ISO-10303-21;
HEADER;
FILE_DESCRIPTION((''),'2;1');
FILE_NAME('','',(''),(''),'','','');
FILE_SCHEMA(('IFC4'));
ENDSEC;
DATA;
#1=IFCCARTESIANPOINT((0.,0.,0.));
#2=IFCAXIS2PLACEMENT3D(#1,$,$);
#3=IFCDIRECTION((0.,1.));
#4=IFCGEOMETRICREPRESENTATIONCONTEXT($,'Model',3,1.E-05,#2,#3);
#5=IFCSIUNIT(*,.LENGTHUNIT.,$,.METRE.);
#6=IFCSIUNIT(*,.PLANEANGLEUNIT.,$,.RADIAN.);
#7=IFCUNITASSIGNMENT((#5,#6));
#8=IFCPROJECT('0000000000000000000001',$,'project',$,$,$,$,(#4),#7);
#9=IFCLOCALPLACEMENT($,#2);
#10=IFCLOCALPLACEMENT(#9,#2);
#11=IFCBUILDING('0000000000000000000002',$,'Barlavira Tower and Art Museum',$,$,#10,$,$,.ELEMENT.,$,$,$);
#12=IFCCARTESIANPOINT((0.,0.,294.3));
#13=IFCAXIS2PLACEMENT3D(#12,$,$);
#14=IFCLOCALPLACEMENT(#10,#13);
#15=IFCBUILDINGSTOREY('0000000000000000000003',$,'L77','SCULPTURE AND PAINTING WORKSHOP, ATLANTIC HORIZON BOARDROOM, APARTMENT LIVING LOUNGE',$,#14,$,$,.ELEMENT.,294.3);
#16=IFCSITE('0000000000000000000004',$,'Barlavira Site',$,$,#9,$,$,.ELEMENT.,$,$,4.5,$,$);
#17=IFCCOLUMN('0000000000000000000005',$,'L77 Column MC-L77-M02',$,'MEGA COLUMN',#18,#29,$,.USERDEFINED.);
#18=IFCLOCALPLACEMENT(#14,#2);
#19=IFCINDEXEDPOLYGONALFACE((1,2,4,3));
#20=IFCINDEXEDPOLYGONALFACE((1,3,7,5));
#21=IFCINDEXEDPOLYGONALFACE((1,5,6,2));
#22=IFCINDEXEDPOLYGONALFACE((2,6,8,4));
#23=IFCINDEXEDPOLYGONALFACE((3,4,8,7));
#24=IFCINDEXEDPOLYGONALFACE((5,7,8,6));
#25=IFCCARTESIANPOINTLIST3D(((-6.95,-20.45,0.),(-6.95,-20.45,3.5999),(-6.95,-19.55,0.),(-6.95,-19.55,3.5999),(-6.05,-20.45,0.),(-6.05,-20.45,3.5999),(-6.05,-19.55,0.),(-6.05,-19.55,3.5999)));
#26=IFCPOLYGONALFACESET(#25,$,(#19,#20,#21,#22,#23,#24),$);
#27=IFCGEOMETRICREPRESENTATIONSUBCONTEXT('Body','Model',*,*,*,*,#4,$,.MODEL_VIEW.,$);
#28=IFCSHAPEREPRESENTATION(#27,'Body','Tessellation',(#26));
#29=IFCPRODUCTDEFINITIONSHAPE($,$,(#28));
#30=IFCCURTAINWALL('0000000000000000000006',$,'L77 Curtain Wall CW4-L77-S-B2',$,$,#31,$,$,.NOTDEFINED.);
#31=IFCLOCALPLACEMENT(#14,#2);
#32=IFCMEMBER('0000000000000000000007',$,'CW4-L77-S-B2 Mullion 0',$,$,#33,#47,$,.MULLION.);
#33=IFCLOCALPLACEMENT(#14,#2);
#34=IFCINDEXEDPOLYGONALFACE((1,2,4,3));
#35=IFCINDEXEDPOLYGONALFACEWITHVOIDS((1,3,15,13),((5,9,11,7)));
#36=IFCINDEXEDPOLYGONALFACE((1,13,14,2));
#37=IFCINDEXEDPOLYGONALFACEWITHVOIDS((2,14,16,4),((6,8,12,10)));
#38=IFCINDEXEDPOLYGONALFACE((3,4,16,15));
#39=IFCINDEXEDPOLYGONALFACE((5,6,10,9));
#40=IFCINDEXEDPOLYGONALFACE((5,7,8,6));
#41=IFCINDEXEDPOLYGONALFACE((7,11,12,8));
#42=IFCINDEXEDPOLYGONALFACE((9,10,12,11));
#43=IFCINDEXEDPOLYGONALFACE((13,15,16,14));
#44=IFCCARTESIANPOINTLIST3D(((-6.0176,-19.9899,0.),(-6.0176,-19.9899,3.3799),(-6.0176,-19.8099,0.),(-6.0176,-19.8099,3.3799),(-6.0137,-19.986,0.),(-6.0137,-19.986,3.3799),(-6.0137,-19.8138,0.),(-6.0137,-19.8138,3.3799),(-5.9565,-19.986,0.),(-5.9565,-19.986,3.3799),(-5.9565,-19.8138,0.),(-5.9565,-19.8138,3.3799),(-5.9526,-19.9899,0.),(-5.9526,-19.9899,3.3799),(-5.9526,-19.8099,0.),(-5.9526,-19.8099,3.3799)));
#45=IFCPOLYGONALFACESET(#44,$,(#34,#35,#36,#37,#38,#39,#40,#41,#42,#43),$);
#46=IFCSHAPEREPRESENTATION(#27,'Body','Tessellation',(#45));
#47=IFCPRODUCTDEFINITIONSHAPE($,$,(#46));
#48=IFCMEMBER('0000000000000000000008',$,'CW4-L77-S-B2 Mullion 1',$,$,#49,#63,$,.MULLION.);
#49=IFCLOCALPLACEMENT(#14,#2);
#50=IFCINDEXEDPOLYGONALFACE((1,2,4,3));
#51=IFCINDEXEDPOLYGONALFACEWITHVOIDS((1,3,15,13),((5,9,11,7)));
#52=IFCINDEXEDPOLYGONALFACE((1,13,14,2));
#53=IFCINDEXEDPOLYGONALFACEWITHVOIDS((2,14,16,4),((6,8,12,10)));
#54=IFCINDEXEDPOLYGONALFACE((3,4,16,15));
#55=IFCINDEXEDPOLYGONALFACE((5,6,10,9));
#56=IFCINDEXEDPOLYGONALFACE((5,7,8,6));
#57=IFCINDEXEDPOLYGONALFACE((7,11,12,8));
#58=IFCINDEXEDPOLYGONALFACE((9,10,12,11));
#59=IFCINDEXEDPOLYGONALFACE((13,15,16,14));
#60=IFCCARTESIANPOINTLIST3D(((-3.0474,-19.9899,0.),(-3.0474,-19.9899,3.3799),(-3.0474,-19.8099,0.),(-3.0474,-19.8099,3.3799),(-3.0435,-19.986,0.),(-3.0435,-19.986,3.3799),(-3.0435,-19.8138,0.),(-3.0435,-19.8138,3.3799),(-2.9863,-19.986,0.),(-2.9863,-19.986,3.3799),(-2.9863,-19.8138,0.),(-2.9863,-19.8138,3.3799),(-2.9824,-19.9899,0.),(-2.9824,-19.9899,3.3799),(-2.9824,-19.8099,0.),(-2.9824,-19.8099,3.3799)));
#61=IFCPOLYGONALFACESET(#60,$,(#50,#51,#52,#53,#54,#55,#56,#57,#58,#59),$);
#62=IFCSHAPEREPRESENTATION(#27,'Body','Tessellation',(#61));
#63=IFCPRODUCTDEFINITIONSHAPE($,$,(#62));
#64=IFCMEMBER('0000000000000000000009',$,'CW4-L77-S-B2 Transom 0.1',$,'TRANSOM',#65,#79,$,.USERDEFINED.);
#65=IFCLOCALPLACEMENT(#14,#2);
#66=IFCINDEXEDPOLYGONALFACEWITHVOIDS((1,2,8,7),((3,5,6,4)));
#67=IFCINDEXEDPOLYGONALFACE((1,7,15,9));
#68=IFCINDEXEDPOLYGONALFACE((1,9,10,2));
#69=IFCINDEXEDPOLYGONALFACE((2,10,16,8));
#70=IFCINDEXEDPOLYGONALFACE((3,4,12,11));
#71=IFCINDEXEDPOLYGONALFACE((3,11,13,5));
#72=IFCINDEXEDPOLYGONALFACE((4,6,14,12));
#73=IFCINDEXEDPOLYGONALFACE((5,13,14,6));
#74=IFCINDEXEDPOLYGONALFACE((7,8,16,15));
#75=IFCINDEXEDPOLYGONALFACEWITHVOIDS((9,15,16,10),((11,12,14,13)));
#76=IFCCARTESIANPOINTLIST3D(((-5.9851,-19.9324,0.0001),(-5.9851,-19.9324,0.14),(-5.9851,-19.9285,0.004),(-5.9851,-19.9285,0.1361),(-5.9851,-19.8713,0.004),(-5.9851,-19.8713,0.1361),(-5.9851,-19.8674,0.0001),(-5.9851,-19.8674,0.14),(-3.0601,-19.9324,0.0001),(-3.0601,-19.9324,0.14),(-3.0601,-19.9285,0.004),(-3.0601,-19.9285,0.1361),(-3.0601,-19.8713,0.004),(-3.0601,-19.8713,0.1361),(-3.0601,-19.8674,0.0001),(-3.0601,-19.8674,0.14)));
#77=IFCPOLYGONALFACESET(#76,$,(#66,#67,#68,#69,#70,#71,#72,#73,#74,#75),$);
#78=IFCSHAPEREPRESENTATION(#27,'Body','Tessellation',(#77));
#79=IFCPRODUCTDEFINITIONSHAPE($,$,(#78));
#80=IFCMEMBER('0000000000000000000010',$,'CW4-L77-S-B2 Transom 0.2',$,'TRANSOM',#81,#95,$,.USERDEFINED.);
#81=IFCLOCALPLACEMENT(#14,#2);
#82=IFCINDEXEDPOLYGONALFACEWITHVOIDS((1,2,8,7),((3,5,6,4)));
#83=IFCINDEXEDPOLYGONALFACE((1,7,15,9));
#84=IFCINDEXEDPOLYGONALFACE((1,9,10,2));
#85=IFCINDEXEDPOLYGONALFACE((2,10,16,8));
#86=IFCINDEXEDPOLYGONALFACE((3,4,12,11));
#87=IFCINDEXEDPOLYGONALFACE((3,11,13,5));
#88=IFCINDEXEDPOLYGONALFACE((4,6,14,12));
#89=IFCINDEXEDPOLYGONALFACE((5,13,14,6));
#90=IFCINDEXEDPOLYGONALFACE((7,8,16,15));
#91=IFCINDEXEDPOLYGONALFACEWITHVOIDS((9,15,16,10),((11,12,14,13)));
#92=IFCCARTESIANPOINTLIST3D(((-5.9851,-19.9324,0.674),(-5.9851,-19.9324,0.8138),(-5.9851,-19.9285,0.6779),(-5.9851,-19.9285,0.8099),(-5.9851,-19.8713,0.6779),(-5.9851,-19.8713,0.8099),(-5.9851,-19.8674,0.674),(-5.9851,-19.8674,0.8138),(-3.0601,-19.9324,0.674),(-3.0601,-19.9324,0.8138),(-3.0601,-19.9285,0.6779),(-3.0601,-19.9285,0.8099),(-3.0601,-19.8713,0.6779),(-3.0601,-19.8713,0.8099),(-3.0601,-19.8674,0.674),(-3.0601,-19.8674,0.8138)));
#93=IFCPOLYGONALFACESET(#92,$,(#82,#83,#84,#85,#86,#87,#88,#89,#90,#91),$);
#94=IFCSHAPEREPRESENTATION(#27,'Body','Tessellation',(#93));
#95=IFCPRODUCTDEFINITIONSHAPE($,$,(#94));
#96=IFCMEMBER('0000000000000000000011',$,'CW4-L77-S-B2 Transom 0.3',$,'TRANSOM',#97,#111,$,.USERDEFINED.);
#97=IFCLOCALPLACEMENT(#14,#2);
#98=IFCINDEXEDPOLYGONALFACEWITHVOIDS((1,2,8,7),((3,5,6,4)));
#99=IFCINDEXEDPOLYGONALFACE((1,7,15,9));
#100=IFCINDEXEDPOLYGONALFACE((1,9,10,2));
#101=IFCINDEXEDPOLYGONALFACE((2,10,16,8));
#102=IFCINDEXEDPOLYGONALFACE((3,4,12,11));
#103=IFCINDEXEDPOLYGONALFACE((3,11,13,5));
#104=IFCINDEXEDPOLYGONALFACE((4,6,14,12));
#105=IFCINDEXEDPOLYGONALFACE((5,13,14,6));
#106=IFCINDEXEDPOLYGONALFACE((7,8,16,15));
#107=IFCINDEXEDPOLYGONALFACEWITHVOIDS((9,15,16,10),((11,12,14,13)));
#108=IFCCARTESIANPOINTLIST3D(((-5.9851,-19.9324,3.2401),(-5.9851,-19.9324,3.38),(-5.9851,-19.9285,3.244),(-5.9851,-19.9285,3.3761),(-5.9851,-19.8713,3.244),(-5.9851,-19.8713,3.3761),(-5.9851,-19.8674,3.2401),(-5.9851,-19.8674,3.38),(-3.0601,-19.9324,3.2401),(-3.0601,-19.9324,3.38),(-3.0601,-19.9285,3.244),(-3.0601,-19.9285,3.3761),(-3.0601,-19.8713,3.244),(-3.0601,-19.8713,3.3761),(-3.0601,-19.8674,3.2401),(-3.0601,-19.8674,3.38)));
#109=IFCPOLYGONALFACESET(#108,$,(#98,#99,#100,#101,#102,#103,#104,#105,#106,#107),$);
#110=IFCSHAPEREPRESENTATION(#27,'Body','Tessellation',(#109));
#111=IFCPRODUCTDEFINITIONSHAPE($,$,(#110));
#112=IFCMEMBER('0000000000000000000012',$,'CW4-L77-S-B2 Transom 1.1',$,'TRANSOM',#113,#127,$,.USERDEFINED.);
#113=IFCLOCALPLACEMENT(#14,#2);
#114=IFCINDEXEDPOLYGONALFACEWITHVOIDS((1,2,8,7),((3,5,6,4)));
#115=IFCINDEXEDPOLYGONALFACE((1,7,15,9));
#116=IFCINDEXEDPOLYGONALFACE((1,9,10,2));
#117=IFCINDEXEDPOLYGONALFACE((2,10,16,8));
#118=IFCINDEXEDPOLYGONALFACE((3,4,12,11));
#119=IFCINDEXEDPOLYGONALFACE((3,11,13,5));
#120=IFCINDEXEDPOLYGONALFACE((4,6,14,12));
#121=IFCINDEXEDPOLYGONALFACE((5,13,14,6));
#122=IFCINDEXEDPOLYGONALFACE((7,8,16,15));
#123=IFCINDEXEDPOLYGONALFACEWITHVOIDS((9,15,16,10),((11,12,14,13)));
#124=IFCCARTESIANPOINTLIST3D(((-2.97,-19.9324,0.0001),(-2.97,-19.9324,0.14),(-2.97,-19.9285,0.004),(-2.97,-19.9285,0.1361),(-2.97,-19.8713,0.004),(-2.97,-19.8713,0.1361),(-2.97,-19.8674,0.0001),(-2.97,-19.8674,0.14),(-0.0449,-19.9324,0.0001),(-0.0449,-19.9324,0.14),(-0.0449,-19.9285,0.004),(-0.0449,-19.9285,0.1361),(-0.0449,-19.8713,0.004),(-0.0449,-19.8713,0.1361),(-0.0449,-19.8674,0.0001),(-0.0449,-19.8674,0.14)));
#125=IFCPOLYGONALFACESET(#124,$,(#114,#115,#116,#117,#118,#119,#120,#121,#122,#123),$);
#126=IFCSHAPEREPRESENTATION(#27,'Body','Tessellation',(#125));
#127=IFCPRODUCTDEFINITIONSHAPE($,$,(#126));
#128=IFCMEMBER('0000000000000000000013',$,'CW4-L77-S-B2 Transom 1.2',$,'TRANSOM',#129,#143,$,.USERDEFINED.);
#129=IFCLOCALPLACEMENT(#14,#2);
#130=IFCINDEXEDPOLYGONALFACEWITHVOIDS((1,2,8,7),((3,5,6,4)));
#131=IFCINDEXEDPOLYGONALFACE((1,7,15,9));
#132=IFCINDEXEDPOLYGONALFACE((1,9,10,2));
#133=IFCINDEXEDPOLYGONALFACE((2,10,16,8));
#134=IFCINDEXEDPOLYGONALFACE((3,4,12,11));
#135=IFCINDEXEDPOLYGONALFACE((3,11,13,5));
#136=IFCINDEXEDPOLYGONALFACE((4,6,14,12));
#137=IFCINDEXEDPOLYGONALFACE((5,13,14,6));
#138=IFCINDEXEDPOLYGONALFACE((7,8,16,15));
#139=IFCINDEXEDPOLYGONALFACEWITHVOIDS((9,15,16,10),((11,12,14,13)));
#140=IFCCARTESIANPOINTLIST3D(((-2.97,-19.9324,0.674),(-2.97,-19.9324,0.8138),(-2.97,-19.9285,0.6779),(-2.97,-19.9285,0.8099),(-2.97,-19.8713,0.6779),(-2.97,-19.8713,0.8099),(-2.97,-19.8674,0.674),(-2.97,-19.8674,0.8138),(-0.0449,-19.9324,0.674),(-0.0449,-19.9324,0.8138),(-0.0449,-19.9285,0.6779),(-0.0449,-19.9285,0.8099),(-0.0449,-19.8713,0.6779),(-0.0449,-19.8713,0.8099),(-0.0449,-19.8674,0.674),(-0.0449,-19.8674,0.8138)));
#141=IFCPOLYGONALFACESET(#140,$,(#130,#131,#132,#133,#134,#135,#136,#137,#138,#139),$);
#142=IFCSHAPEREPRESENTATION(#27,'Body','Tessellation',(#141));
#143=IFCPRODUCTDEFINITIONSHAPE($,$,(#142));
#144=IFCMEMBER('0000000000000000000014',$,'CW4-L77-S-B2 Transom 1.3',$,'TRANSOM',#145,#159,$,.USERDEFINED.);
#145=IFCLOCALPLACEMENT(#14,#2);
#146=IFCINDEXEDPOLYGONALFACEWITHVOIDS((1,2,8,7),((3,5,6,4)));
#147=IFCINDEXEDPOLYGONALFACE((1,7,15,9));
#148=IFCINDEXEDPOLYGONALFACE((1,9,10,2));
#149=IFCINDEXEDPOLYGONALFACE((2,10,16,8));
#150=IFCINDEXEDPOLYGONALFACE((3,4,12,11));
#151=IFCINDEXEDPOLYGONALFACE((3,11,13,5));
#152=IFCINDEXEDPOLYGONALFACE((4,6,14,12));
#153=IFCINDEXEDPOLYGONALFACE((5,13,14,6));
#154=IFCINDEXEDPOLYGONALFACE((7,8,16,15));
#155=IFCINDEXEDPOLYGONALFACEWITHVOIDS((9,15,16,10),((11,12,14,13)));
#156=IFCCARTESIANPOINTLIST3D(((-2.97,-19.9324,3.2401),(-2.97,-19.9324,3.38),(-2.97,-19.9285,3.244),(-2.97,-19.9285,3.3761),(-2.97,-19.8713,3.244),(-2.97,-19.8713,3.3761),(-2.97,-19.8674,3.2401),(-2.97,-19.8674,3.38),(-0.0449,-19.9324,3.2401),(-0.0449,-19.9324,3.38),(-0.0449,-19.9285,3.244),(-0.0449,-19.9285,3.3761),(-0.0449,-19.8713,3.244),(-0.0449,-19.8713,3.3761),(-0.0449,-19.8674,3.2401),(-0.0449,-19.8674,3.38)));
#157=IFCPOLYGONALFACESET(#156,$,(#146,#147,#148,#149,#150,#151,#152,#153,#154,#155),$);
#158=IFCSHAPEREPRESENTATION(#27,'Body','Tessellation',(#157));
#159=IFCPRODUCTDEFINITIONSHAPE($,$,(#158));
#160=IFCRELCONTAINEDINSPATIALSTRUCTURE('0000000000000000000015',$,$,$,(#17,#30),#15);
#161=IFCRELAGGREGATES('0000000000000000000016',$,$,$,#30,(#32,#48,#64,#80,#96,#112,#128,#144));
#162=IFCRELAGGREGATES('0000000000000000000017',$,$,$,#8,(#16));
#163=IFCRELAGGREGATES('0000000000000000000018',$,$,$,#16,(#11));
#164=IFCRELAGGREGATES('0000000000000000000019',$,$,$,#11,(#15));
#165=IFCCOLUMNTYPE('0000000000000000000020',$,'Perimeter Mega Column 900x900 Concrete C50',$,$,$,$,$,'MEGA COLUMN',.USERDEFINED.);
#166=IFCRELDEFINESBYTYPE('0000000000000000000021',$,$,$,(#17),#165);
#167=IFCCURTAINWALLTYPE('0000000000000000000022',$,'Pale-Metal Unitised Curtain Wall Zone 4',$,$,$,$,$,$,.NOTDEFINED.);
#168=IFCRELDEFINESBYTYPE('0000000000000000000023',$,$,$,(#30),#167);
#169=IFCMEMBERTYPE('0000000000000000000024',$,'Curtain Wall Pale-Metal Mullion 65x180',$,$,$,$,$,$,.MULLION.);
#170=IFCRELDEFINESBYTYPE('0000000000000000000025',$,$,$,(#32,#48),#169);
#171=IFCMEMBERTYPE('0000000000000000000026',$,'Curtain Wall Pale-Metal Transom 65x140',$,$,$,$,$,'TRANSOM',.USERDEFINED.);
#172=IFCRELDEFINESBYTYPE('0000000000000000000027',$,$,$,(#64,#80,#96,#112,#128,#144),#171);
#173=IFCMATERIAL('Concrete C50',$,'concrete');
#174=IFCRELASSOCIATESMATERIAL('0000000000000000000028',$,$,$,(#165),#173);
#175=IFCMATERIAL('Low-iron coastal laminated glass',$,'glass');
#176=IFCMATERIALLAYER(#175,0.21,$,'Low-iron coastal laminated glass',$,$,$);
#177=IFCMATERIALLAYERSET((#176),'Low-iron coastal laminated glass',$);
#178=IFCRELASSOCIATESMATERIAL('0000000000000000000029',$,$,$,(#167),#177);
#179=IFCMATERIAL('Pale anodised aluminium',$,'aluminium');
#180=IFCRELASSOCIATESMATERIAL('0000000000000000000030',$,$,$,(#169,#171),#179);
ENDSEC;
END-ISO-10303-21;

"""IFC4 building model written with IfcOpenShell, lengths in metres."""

from ifc_helpers import new_model, si_unit, direction, frame, origin, origin_2d, place, context, subcontext, project, spatial, rectangle, hollow_rectangle, extrude, material, layer, layer_set, material_profile, profile_set, type_object, element, aggregate, save


model = new_model("IFC4")

# Units and contexts
model_context = context("Model", 3, precision=1e-05, world=origin(), true_north=direction((0.0, 1.0)))
body_context = subcontext(model_context, "Body", "Model", "MODEL_VIEW")
ifc_project = project(units=[si_unit("LENGTHUNIT", "METRE"), si_unit("PLANEANGLEUNIT", "RADIAN")], contexts=[model_context])

# Site, building, storey
site_placement = place(None, origin())
site = spatial("IfcSite", under=ifc_project, at=site_placement, Name="Barlavira Site", CompositionType="ELEMENT", RefElevation=4.5)
building_placement = place(site_placement, origin())
building = spatial("IfcBuilding", under=site, at=building_placement, Name="Barlavira Tower and Art Museum", CompositionType="ELEMENT")
storey_placement = place(building_placement, frame((0.0, 0.0, 294.3)))
storey = spatial("IfcBuildingStorey", under=building, at=storey_placement, Name="L77", Description="SCULPTURE AND PAINTING WORKSHOP, ATLANTIC HORIZON BOARDROOM, APARTMENT LIVING LOUNGE", CompositionType="ELEMENT", Elevation=294.3)

# Column
ifc_material_1 = material(Name="Concrete C50", Category="concrete")
ifc_material_profile_1 = material_profile(ifc_material_1, rectangle(XDim=0.8999, YDim=0.8999, at=origin_2d()), Name="RC-COL 900x900")
ifc_profile_set_1 = profile_set([ifc_material_profile_1], Name="Concrete C50")
column_type = type_object("IfcColumnType", Name="Perimeter Mega Column 900x900 Concrete C50", ElementType="MEGA COLUMN", PredefinedType="USERDEFINED", material=ifc_profile_set_1)
column_placement = place(storey_placement, frame((-6.5, -20.0, 0.0), z_axis=(0.0, 0.0, 1.0), x_axis=(1.0, 0.0, 0.0)))
element("IfcColumn", 1, at=column_placement, inside=storey, type_object=column_type, Name="L77 Column MC-L77-M02", ObjectType="MEGA COLUMN", PredefinedType="USERDEFINED", context=body_context, shape_type="SweptSolid", body=[
    extrude(rectangle(XDim=0.8999, YDim=0.8999, at=origin_2d()), origin(), (0.0, 0.0, 1.0), 3.5999),
])

# Curtain wall, members
ifc_material_2 = material(Name="Low-iron coastal laminated glass", Category="glass")
ifc_layer_1 = layer(ifc_material_2, 0.21, Name="Low-iron coastal laminated glass")
ifc_layer_set_1 = layer_set([ifc_layer_1], Name="Low-iron coastal laminated glass")
curtain_wall_type = type_object("IfcCurtainWallType", Name="Pale-Metal Unitised Curtain Wall Zone 4", PredefinedType="NOTDEFINED", material=ifc_layer_set_1)
curtain_wall_placement = place(storey_placement, origin())
curtain_wall = element("IfcCurtainWall", 2, at=curtain_wall_placement, inside=storey, type_object=curtain_wall_type, Name="L77 Curtain Wall CW4-L77-S-B2", PredefinedType="NOTDEFINED")
ifc_material_3 = material(Name="Pale anodised aluminium", Category="aluminium")
ifc_material_profile_2 = material_profile(ifc_material_3, hollow_rectangle(XDim=0.0649, YDim=0.1799, WallThickness=0.0039, at=origin_2d()), Name="ALU-MULL 65x180x4")
ifc_profile_set_2 = profile_set([ifc_material_profile_2], Name="Pale anodised aluminium")
member_type_1 = type_object("IfcMemberType", Name="Curtain Wall Pale-Metal Mullion 65x180", PredefinedType="MULLION", material=ifc_profile_set_2)
member_1_placement = place(storey_placement, frame((-5.9851, -19.8999, 0.0), z_axis=(0.0, 0.0, 1.0), x_axis=(1.0, 0.0, 0.0)))
member_1 = element("IfcMember", 3, at=member_1_placement, type_object=member_type_1, Name="CW4-L77-S-B2 Mullion 0", PredefinedType="MULLION", context=body_context, shape_type="SweptSolid", body=[
    extrude(hollow_rectangle(XDim=0.0649, YDim=0.1799, WallThickness=0.0039, at=origin_2d()), origin(), (0.0, 0.0, 1.0), 3.3799),
])
member_2_placement = place(storey_placement, frame((-3.0149, -19.8999, 0.0), z_axis=(0.0, 0.0, 1.0), x_axis=(1.0, 0.0, 0.0)))
member_2 = element("IfcMember", 4, at=member_2_placement, type_object=member_type_1, Name="CW4-L77-S-B2 Mullion 1", PredefinedType="MULLION", context=body_context, shape_type="SweptSolid", body=[
    extrude(hollow_rectangle(XDim=0.0649, YDim=0.1799, WallThickness=0.0039, at=origin_2d()), origin(), (0.0, 0.0, 1.0), 3.3799),
])
ifc_material_profile_3 = material_profile(ifc_material_3, hollow_rectangle(XDim=0.0649, YDim=0.1399, WallThickness=0.0039, at=origin_2d()), Name="ALU-TRAN 65x140x4")
ifc_profile_set_3 = profile_set([ifc_material_profile_3], Name="Pale anodised aluminium")
member_type_2 = type_object("IfcMemberType", Name="Curtain Wall Pale-Metal Transom 65x140", ElementType="TRANSOM", PredefinedType="USERDEFINED", material=ifc_profile_set_3)
member_3_placement = place(storey_placement, frame((-5.9851, -19.8999, 0.0701), z_axis=(1.0, 0.0, 0.0), x_axis=(0.0, 1.0, 0.0)))
member_3 = element("IfcMember", 5, at=member_3_placement, type_object=member_type_2, Name="CW4-L77-S-B2 Transom 0.1", ObjectType="TRANSOM", PredefinedType="USERDEFINED", context=body_context, shape_type="SweptSolid", body=[
    extrude(hollow_rectangle(XDim=0.0649, YDim=0.1399, WallThickness=0.0039, at=origin_2d()), origin(), (0.0, 0.0, 1.0), 2.925),
])
member_4_placement = place(storey_placement, frame((-5.9851, -19.8999, 0.7439), z_axis=(1.0, 0.0, 0.0), x_axis=(0.0, 1.0, 0.0)))
member_4 = element("IfcMember", 6, at=member_4_placement, type_object=member_type_2, Name="CW4-L77-S-B2 Transom 0.2", ObjectType="TRANSOM", PredefinedType="USERDEFINED", context=body_context, shape_type="SweptSolid", body=[
    extrude(hollow_rectangle(XDim=0.0649, YDim=0.1399, WallThickness=0.0039, at=origin_2d()), origin(), (0.0, 0.0, 1.0), 2.925),
])
member_5_placement = place(storey_placement, frame((-5.9851, -19.8999, 3.3101), z_axis=(1.0, 0.0, 0.0), x_axis=(0.0, 1.0, 0.0)))
member_5 = element("IfcMember", 7, at=member_5_placement, type_object=member_type_2, Name="CW4-L77-S-B2 Transom 0.3", ObjectType="TRANSOM", PredefinedType="USERDEFINED", context=body_context, shape_type="SweptSolid", body=[
    extrude(hollow_rectangle(XDim=0.0649, YDim=0.1399, WallThickness=0.0039, at=origin_2d()), origin(), (0.0, 0.0, 1.0), 2.925),
])
member_6_placement = place(storey_placement, frame((-2.97, -19.8999, 0.0701), z_axis=(1.0, 0.0, 0.0), x_axis=(0.0, 1.0, 0.0)))
member_6 = element("IfcMember", 8, at=member_6_placement, type_object=member_type_2, Name="CW4-L77-S-B2 Transom 1.1", ObjectType="TRANSOM", PredefinedType="USERDEFINED", context=body_context, shape_type="SweptSolid", body=[
    extrude(hollow_rectangle(XDim=0.0649, YDim=0.1399, WallThickness=0.0039, at=origin_2d()), origin(), (0.0, 0.0, 1.0), 2.925),
])
member_7_placement = place(storey_placement, frame((-2.97, -19.8999, 0.7439), z_axis=(1.0, 0.0, 0.0), x_axis=(0.0, 1.0, 0.0)))
member_7 = element("IfcMember", 9, at=member_7_placement, type_object=member_type_2, Name="CW4-L77-S-B2 Transom 1.2", ObjectType="TRANSOM", PredefinedType="USERDEFINED", context=body_context, shape_type="SweptSolid", body=[
    extrude(hollow_rectangle(XDim=0.0649, YDim=0.1399, WallThickness=0.0039, at=origin_2d()), origin(), (0.0, 0.0, 1.0), 2.925),
])
member_8_placement = place(storey_placement, frame((-2.97, -19.8999, 3.3101), z_axis=(1.0, 0.0, 0.0), x_axis=(0.0, 1.0, 0.0)))
member_8 = element("IfcMember", 10, at=member_8_placement, type_object=member_type_2, Name="CW4-L77-S-B2 Transom 1.3", ObjectType="TRANSOM", PredefinedType="USERDEFINED", context=body_context, shape_type="SweptSolid", body=[
    extrude(hollow_rectangle(XDim=0.0649, YDim=0.1399, WallThickness=0.0039, at=origin_2d()), origin(), (0.0, 0.0, 1.0), 2.925),
])

aggregate(curtain_wall, [member_1, member_2, member_3, member_4, member_5, member_6, member_7, member_8])

save(model, "model.ifc")
